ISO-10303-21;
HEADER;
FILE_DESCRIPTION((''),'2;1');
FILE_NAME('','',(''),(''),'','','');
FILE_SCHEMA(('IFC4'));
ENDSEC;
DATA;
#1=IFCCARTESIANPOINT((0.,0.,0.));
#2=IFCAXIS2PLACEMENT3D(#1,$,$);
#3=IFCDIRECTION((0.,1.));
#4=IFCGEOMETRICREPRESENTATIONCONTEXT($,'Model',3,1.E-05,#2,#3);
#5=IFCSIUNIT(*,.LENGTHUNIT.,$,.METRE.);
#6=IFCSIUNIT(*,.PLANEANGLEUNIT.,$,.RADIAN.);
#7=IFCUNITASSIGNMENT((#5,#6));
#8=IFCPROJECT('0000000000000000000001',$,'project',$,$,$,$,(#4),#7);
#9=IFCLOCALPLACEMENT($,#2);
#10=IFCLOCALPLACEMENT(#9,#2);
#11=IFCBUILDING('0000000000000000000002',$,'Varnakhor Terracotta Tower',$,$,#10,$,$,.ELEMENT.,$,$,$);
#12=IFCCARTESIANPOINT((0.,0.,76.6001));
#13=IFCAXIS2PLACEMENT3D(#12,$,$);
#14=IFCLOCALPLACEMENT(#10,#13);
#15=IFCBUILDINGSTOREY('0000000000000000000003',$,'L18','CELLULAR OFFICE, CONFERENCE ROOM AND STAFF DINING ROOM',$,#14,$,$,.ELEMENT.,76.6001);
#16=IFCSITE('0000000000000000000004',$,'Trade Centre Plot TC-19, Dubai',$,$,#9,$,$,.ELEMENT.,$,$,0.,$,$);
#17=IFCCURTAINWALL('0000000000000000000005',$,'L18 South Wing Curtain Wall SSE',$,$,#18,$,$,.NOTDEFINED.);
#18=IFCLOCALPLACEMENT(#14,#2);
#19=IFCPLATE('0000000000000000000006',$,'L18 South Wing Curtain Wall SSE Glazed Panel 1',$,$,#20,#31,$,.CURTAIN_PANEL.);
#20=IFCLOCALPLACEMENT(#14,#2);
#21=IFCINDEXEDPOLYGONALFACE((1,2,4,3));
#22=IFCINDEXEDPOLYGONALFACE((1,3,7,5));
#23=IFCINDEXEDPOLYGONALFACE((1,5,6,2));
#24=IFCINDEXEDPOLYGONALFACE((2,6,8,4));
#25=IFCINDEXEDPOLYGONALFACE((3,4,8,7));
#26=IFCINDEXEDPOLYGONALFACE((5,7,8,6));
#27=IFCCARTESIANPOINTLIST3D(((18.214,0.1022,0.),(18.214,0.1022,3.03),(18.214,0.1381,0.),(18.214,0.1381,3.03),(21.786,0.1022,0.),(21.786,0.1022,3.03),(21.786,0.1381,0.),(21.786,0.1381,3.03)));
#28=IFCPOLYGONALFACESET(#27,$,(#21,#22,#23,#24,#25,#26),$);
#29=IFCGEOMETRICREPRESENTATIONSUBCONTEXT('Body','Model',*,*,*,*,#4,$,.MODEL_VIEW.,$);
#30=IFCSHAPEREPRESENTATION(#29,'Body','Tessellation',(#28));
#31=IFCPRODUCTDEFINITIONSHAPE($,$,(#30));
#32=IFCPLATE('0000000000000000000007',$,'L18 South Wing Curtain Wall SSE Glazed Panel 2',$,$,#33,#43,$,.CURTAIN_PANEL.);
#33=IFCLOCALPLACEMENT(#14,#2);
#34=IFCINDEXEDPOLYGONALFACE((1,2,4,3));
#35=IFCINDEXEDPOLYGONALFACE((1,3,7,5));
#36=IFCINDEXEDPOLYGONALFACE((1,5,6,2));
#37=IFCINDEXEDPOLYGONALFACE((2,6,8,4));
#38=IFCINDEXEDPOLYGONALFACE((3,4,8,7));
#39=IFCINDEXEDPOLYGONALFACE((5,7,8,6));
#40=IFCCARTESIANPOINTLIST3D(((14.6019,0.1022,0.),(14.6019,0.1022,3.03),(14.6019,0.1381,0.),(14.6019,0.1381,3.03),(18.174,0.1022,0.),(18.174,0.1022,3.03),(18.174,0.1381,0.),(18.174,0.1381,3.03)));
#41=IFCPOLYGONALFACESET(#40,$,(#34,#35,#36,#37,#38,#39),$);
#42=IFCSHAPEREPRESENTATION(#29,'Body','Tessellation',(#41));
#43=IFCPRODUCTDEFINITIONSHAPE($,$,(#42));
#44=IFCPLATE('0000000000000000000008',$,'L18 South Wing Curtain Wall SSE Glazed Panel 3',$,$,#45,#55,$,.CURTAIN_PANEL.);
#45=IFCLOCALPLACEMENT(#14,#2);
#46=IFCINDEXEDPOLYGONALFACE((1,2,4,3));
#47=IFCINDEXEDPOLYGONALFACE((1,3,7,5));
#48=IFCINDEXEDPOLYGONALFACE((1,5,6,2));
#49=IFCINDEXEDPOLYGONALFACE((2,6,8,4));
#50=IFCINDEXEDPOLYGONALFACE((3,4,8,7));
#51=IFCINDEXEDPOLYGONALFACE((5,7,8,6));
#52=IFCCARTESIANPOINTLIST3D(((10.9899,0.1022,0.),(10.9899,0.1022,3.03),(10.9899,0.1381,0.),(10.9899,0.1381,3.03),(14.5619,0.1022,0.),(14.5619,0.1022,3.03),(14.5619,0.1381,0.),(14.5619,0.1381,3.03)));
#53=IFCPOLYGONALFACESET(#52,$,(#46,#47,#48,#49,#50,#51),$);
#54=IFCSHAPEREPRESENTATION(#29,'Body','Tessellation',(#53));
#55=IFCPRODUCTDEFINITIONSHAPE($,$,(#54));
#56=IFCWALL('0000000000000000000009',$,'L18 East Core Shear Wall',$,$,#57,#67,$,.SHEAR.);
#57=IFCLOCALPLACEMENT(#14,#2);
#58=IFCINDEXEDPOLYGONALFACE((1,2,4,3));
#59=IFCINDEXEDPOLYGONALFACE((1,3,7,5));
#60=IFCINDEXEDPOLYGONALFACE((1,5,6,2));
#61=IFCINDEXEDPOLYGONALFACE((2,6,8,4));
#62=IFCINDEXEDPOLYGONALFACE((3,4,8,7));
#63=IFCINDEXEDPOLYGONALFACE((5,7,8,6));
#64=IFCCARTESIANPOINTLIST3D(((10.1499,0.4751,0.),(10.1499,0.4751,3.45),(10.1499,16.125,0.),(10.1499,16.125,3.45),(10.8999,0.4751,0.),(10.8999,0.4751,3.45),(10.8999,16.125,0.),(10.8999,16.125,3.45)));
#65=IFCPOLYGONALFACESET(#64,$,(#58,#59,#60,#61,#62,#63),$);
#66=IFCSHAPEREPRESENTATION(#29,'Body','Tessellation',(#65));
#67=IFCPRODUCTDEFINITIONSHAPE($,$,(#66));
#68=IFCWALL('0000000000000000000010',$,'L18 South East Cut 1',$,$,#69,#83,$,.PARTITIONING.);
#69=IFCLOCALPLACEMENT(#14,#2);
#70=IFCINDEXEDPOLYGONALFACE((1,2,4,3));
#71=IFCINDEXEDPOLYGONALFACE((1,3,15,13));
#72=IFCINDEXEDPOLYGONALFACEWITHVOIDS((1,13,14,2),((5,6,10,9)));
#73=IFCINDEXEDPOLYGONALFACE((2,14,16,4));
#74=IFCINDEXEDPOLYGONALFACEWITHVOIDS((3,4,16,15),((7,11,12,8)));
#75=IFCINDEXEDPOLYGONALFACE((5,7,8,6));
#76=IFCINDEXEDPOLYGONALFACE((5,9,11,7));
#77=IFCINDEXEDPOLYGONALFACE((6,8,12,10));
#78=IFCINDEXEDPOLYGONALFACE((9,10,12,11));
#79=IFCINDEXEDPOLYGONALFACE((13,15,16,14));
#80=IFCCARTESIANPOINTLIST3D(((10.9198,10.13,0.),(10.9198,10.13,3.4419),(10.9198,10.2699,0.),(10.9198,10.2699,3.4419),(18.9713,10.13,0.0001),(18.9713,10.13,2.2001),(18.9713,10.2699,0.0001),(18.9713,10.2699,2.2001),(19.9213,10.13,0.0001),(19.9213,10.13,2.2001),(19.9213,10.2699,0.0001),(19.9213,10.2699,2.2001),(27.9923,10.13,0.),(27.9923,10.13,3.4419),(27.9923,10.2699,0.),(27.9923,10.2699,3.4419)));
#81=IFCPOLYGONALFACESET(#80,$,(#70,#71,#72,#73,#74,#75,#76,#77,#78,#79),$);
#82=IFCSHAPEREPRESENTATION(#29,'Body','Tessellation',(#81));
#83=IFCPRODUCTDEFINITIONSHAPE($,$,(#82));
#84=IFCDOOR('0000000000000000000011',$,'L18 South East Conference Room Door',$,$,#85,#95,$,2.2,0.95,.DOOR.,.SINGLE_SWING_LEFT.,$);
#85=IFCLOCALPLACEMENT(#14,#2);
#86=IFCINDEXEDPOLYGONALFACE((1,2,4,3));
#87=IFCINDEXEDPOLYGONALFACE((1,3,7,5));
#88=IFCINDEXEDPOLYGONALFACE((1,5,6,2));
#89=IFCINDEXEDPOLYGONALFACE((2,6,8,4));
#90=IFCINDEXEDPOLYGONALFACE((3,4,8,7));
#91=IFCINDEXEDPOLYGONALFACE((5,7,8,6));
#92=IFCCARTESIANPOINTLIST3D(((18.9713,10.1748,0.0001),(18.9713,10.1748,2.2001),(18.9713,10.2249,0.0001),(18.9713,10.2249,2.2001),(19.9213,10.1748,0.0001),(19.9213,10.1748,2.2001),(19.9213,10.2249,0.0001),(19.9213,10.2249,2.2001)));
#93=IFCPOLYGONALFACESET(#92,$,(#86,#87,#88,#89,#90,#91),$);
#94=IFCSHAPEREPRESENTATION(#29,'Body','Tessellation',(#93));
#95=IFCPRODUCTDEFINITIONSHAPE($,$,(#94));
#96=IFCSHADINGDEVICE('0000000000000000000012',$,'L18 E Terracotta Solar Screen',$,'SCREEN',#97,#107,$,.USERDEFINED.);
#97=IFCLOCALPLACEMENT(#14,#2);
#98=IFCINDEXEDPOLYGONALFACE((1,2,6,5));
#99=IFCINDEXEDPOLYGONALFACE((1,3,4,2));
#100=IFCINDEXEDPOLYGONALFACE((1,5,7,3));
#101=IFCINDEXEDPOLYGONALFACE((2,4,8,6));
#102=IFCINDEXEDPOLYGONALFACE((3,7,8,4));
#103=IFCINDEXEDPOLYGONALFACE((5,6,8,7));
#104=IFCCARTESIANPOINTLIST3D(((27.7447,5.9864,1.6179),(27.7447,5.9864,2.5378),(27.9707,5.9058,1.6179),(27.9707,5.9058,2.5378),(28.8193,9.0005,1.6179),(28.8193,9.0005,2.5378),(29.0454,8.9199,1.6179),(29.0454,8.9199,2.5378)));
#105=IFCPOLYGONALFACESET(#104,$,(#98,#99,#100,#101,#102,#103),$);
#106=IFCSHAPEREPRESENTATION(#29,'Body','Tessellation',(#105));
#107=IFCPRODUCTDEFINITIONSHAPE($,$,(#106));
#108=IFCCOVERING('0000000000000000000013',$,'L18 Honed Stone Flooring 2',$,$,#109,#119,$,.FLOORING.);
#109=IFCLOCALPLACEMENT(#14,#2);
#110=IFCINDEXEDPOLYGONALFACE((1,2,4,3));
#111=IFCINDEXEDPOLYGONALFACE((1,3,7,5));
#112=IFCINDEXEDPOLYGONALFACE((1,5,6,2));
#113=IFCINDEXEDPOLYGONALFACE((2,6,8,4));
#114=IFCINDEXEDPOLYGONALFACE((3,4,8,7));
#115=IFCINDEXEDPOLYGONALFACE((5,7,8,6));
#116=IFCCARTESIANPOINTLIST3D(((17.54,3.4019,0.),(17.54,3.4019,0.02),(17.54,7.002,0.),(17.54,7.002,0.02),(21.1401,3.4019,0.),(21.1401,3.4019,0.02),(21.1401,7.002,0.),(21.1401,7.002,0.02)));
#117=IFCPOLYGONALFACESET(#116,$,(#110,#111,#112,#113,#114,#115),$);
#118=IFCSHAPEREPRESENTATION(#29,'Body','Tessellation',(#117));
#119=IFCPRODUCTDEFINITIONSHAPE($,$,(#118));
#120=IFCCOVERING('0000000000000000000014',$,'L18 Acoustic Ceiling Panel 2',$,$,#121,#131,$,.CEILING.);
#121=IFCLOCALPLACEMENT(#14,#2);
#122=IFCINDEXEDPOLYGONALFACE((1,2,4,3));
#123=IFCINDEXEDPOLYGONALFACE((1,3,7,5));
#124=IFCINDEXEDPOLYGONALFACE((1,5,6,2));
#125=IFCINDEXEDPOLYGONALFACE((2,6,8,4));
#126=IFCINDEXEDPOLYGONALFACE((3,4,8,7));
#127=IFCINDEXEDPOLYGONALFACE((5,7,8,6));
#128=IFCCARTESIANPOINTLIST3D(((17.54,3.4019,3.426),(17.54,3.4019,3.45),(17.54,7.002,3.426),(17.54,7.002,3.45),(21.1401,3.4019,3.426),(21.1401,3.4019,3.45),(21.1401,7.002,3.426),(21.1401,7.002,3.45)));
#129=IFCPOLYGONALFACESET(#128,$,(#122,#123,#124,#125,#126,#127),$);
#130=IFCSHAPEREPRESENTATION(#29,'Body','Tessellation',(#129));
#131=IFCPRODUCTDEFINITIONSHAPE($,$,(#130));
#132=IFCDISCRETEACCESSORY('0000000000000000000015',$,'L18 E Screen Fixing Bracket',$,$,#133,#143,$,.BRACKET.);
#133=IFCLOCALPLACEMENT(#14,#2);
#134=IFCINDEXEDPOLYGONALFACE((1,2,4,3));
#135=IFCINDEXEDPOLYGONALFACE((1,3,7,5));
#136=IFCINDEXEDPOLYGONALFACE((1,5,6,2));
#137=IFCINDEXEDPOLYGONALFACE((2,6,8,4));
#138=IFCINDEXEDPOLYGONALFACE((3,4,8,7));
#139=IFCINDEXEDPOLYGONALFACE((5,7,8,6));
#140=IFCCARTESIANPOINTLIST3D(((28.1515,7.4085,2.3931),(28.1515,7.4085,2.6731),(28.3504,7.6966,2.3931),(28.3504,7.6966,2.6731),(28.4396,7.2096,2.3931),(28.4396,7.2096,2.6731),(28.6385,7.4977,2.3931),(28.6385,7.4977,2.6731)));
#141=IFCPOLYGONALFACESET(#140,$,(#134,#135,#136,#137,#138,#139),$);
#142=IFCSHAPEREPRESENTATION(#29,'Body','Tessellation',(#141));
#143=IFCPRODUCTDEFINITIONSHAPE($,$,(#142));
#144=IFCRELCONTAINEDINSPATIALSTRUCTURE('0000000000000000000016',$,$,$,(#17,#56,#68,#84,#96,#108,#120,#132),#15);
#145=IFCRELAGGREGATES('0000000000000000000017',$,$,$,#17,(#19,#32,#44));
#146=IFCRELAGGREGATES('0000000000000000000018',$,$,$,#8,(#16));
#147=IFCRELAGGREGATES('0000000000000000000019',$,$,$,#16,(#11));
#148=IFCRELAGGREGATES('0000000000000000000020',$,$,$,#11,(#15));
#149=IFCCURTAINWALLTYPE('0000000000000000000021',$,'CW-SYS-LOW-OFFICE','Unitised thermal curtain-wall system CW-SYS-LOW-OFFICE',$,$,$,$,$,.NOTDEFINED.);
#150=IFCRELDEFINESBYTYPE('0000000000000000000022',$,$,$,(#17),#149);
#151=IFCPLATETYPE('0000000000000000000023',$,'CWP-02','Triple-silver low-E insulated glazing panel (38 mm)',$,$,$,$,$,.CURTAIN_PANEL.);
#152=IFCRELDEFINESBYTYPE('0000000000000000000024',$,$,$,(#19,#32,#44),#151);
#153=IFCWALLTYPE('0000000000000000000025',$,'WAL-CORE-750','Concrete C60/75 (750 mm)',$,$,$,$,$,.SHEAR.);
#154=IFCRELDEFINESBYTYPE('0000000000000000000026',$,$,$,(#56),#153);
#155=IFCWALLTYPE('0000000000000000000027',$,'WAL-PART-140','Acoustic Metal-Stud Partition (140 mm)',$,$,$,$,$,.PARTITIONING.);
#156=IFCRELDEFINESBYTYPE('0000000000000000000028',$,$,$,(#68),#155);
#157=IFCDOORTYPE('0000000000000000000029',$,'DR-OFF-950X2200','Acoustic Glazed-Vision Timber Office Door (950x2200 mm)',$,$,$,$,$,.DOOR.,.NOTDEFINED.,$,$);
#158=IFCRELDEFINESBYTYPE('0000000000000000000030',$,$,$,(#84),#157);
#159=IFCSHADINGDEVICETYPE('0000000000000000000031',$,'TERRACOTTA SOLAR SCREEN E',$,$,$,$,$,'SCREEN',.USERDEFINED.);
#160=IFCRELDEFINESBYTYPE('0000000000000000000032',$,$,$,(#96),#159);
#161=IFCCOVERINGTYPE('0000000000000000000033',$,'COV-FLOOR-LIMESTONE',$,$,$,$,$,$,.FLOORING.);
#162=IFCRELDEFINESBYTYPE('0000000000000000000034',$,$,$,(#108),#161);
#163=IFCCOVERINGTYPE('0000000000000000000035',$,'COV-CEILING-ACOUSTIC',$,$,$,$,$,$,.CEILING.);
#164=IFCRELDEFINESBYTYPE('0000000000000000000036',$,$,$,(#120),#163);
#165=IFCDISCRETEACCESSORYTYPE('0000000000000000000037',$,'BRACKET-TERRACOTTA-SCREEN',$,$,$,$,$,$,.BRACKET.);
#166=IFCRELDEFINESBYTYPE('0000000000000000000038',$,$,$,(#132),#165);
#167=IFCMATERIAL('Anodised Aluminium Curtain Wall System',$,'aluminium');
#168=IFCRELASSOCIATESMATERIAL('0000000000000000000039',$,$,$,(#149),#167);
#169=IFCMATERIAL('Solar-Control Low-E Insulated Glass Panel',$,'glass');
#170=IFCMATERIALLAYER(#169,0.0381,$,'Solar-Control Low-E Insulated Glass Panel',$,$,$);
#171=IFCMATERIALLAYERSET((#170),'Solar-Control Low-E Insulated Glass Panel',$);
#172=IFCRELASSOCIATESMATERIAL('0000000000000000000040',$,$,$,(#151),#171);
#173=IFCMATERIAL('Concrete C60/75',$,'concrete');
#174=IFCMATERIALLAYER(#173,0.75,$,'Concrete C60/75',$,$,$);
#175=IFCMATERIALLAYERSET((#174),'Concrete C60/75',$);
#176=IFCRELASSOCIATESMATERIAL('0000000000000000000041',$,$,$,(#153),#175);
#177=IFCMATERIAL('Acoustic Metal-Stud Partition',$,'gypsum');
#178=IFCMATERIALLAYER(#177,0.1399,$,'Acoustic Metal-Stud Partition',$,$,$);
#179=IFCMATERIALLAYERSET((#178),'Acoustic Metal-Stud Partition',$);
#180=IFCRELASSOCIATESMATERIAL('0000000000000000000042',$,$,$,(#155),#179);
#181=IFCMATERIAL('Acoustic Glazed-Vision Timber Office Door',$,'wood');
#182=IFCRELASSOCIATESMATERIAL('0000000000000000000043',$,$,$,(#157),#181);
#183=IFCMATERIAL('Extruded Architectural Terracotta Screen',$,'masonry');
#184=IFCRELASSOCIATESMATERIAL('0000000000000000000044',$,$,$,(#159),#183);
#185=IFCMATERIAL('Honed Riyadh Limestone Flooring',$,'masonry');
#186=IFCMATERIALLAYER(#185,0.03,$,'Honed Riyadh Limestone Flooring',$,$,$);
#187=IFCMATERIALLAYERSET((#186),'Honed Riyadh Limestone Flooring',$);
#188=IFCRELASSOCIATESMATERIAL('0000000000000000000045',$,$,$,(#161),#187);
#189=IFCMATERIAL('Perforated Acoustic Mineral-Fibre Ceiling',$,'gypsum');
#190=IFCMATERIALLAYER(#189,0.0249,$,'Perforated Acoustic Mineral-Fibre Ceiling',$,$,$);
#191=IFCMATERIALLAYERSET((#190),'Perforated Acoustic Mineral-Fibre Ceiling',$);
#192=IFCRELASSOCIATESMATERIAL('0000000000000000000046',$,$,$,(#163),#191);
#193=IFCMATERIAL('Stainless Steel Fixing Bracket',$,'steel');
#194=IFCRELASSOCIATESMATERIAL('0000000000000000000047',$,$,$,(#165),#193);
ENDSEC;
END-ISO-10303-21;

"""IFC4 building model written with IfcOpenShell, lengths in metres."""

from ifc_helpers import new_model, si_unit, direction, frame, frame_2d, origin, origin_2d, place, context, subcontext, project, spatial, rectangle, extrude, source, transform, mapped, material, layer, layer_set, type_object, type_shapes, element, fill, aggregate, save


model = new_model("IFC4")

# Units and contexts
model_context = context("Model", 3, precision=1e-05, world=origin(), true_north=direction((0.0, 1.0)))
body_context = subcontext(model_context, "Body", "Model", "MODEL_VIEW")
ifc_project = project(units=[si_unit("LENGTHUNIT", "METRE"), si_unit("PLANEANGLEUNIT", "RADIAN")], contexts=[model_context])

# Site, building, storey
site_placement = place(None, origin())
site = spatial("IfcSite", under=ifc_project, at=site_placement, Name="Trade Centre Plot TC-19, Dubai", CompositionType="ELEMENT", RefElevation=0.0)
building_placement = place(site_placement, origin())
building = spatial("IfcBuilding", under=site, at=building_placement, Name="Varnakhor Terracotta Tower", CompositionType="ELEMENT")
storey_placement = place(building_placement, frame((0.0, 0.0, 76.6001)))
storey = spatial("IfcBuildingStorey", under=building, at=storey_placement, Name="L18", Description="CELLULAR OFFICE, CONFERENCE ROOM AND STAFF DINING ROOM", CompositionType="ELEMENT", Elevation=76.6001)

# Curtain wall
ifc_material_1 = material(Name="Anodised Aluminium Curtain Wall System", Category="aluminium")
curtain_wall_type = type_object("IfcCurtainWallType", Name="CW-SYS-LOW-OFFICE", Description="Unitised thermal curtain-wall system CW-SYS-LOW-OFFICE", PredefinedType="NOTDEFINED", material=ifc_material_1)
curtain_wall_1_placement = place(storey_placement, origin())
curtain_wall_1 = element("IfcCurtainWall", 1, at=curtain_wall_1_placement, inside=storey, type_object=curtain_wall_type, Name="L18 South Wing Curtain Wall SSE", PredefinedType="NOTDEFINED")

# Plates
ifc_material_2 = material(Name="Solar-Control Low-E Insulated Glass Panel", Category="glass")
ifc_layer_1 = layer(ifc_material_2, 0.0381, Name="Solar-Control Low-E Insulated Glass Panel")
ifc_layer_set_1 = layer_set([ifc_layer_1], Name="Solar-Control Low-E Insulated Glass Panel")
plate_type_1 = type_object("IfcPlateType", Name="CWP-02", Description="Triple-silver low-E insulated glazing panel (38 mm)", PredefinedType="CURTAIN_PANEL", material=ifc_layer_set_1)
shared_shape_1 = source(origin(), body_context, "Body", "SweptSolid", [
    extrude(rectangle(XDim=3.572, YDim=0.0359, at=origin_2d()), origin(), (0.0, 0.0, 1.0), 3.03),
])
plate_1_placement = place(storey_placement, frame((20.0, 0.1201, 0.0), z_axis=(0.0, 0.0, 1.0), x_axis=(-1.0, 0.0, 0.0)))
plate_1 = element("IfcPlate", 2, at=plate_1_placement, type_object=plate_type_1, Name="L18 South Wing Curtain Wall SSE Glazed Panel 1", PredefinedType="CURTAIN_PANEL", context=body_context, shape_type="MappedRepresentation", body=[
    mapped(shared_shape_1, transform((0.0, 0.0, 0.0), scale=1.0)),
])
plate_2_placement = place(storey_placement, frame((16.3879, 0.1201, 0.0), z_axis=(0.0, 0.0, 1.0), x_axis=(-1.0, 0.0, 0.0)))
plate_2 = element("IfcPlate", 3, at=plate_2_placement, type_object=plate_type_1, Name="L18 South Wing Curtain Wall SSE Glazed Panel 2", PredefinedType="CURTAIN_PANEL", context=body_context, shape_type="MappedRepresentation", body=[
    mapped(shared_shape_1, transform((0.0, 0.0, 0.0), scale=1.0)),
])
plate_3_placement = place(storey_placement, frame((12.7759, 0.1201, 0.0), z_axis=(0.0, 0.0, 1.0), x_axis=(-1.0, 0.0, 0.0)))
plate_3 = element("IfcPlate", 4, at=plate_3_placement, type_object=plate_type_1, Name="L18 South Wing Curtain Wall SSE Glazed Panel 3", PredefinedType="CURTAIN_PANEL", context=body_context, shape_type="MappedRepresentation", body=[
    mapped(shared_shape_1, transform((0.0, 0.0, 0.0), scale=1.0)),
])
aggregate(curtain_wall_1, [plate_1, plate_2, plate_3])

# Wall
ifc_material_3 = material(Name="Concrete C60/75", Category="concrete")
ifc_layer_2 = layer(ifc_material_3, 0.75, Name="Concrete C60/75")
ifc_layer_set_2 = layer_set([ifc_layer_2], Name="Concrete C60/75")
wall_type_1 = type_object("IfcWallType", Name="WAL-CORE-750", Description="Concrete C60/75 (750 mm)", PredefinedType="SHEAR", material=ifc_layer_set_2)
wall_1_placement = place(storey_placement, frame((10.5249, 0.4751, 0.0), z_axis=(0.0, 0.0, 1.0), x_axis=(0.0, 1.0, 0.0)))
element("IfcWall", 5, at=wall_1_placement, inside=storey, type_object=wall_type_1, Name="L18 East Core Shear Wall", PredefinedType="SHEAR", context=body_context, shape_type="SweptSolid", body=[
    extrude(rectangle(XDim=15.6499, YDim=0.75, at=frame_2d((7.825, 0.0))), origin(), (0.0, 0.0, 1.0), 3.45),
])

# Wall, opening, door
ifc_material_4 = material(Name="Acoustic Metal-Stud Partition", Category="gypsum")
ifc_layer_3 = layer(ifc_material_4, 0.1399, Name="Acoustic Metal-Stud Partition")
ifc_layer_set_3 = layer_set([ifc_layer_3], Name="Acoustic Metal-Stud Partition")
wall_type_2 = type_object("IfcWallType", Name="WAL-PART-140", Description="Acoustic Metal-Stud Partition (140 mm)", PredefinedType="PARTITIONING", material=ifc_layer_set_3)
wall_2_placement = place(storey_placement, frame((10.9199, 10.2, 0.0), z_axis=(0.0, 0.0, 1.0), x_axis=(1.0, 0.0, 0.0)))
wall_2 = element("IfcWall", 6, at=wall_2_placement, inside=storey, type_object=wall_type_2, Name="L18 South East Cut 1", PredefinedType="PARTITIONING", context=body_context, shape_type="SweptSolid", body=[
    extrude(rectangle(XDim=17.0725, YDim=0.1399, at=frame_2d((8.5361, 0.0))), origin(), (0.0, 0.0, 1.0), 3.4419),
])
opening_placement = place(wall_2_placement, frame((8.0513, 0.0, 0.0)))
opening = element("IfcOpeningElement", 7, at=opening_placement, cuts=wall_2, PredefinedType="OPENING", context=body_context, shape_type="SweptSolid", body=[
    extrude(rectangle(XDim=0.95, YDim=2.2, at=frame_2d((0.4751, 1.1001))), frame((0.0, 0.0801, 0.0), z_axis=(0.0, -1.0, 0.0), x_axis=(1.0, 0.0, 0.0)), (0.0, 0.0, 1.0), 0.1599),
])
ifc_material_5 = material(Name="Acoustic Glazed-Vision Timber Office Door", Category="wood")
door_type = type_object("IfcDoorType", Name="DR-OFF-950X2200", Description="Acoustic Glazed-Vision Timber Office Door (950x2200 mm)", OperationType="NOTDEFINED", PredefinedType="DOOR", material=ifc_material_5)
shared_shape_2 = source(origin(), body_context, "Body", "SweptSolid", [
    extrude(rectangle(XDim=0.95, YDim=2.2, at=frame_2d((0.4751, 1.1001))), frame((0.0, 0.0249, 0.0), z_axis=(0.0, -1.0, 0.0), x_axis=(1.0, 0.0, 0.0)), (0.0, 0.0, 1.0), 0.05),
])
type_shapes(door_type, [shared_shape_2])
door_placement = place(opening_placement, origin())
door = element("IfcDoor", 8, at=door_placement, inside=storey, type_object=door_type, Name="L18 South East Conference Room Door", OperationType="SINGLE_SWING_LEFT", OverallHeight=2.2, OverallWidth=0.95, PredefinedType="DOOR", context=body_context, shape_type="MappedRepresentation", body=[
    mapped(shared_shape_2, transform((0.0, 0.0, 0.0), scale=1.0)),
])
fill(opening, door)

# Shading device
ifc_material_6 = material(Name="Extruded Architectural Terracotta Screen", Category="masonry")
shading_device_type = type_object("IfcShadingDeviceType", Name="TERRACOTTA SOLAR SCREEN E", ElementType="SCREEN", PredefinedType="USERDEFINED", material=ifc_material_6)
shared_shape_3 = source(origin(), body_context, "Body", "SweptSolid", [
    extrude(rectangle(XDim=3.2, YDim=0.24, at=origin_2d()), origin(), (0.0, 0.0, 1.0), 0.9199),
])
type_shapes(shading_device_type, [shared_shape_3])
shading_device_placement = place(storey_placement, frame((28.395, 7.4531, 1.6179), z_axis=(0.0, 0.0, 1.0), x_axis=(0.33583, 0.941923, 0.0)))
element("IfcShadingDevice", 9, at=shading_device_placement, inside=storey, type_object=shading_device_type, Name="L18 E Terracotta Solar Screen", ObjectType="SCREEN", PredefinedType="USERDEFINED", context=body_context, shape_type="MappedRepresentation", body=[
    mapped(shared_shape_3, transform((0.0, 0.0, 0.0), scale=1.0)),
])

# Coverings
ifc_material_7 = material(Name="Honed Riyadh Limestone Flooring", Category="masonry")
ifc_layer_4 = layer(ifc_material_7, 0.03, Name="Honed Riyadh Limestone Flooring")
ifc_layer_set_4 = layer_set([ifc_layer_4], Name="Honed Riyadh Limestone Flooring")
covering_type_1 = type_object("IfcCoveringType", Name="COV-FLOOR-LIMESTONE", PredefinedType="FLOORING", material=ifc_layer_set_4)
shared_shape_4 = source(origin(), body_context, "Body", "SweptSolid", [
    extrude(rectangle(XDim=3.6001, YDim=3.6001, at=origin_2d()), origin(), (0.0, 0.0, 1.0), 0.02),
])
covering_1_placement = place(storey_placement, frame((19.3401, 5.2019, 0.0), z_axis=(0.0, 0.0, 1.0), x_axis=(1.0, 0.0, 0.0)))
element("IfcCovering", 10, at=covering_1_placement, inside=storey, type_object=covering_type_1, Name="L18 Honed Stone Flooring 2", PredefinedType="FLOORING", context=body_context, shape_type="MappedRepresentation", body=[
    mapped(shared_shape_4, transform((0.0, 0.0, 0.0), scale=1.0)),
])
ifc_material_8 = material(Name="Perforated Acoustic Mineral-Fibre Ceiling", Category="gypsum")
ifc_layer_5 = layer(ifc_material_8, 0.0249, Name="Perforated Acoustic Mineral-Fibre Ceiling")
ifc_layer_set_5 = layer_set([ifc_layer_5], Name="Perforated Acoustic Mineral-Fibre Ceiling")
covering_type_2 = type_object("IfcCoveringType", Name="COV-CEILING-ACOUSTIC", PredefinedType="CEILING", material=ifc_layer_set_5)
shared_shape_5 = source(origin(), body_context, "Body", "SweptSolid", [
    extrude(rectangle(XDim=3.6001, YDim=3.6001, at=origin_2d()), origin(), (0.0, 0.0, 1.0), 0.0239),
])
covering_2_placement = place(storey_placement, frame((19.3401, 5.2019, 3.426), z_axis=(0.0, 0.0, 1.0), x_axis=(1.0, 0.0, 0.0)))
element("IfcCovering", 11, at=covering_2_placement, inside=storey, type_object=covering_type_2, Name="L18 Acoustic Ceiling Panel 2", PredefinedType="CEILING", context=body_context, shape_type="MappedRepresentation", body=[
    mapped(shared_shape_5, transform((0.0, 0.0, 0.0), scale=1.0)),
])

# Discrete accessory
ifc_material_9 = material(Name="Stainless Steel Fixing Bracket", Category="steel")
discrete_accessory_type = type_object("IfcDiscreteAccessoryType", Name="BRACKET-TERRACOTTA-SCREEN", PredefinedType="BRACKET", material=ifc_material_9)
shared_shape_6 = source(origin(), body_context, "Body", "SweptSolid", [
    extrude(rectangle(XDim=0.3501, YDim=0.3501, at=origin_2d()), origin(), (0.0, 0.0, 1.0), 0.28),
])
type_shapes(discrete_accessory_type, [shared_shape_6])
discrete_accessory_placement = place(storey_placement, frame((28.395, 7.4531, 2.3931), z_axis=(0.0, 0.0, 1.0), x_axis=(0.568174, 0.822908, 0.0)))
element("IfcDiscreteAccessory", 12, at=discrete_accessory_placement, inside=storey, type_object=discrete_accessory_type, Name="L18 E Screen Fixing Bracket", PredefinedType="BRACKET", context=body_context, shape_type="MappedRepresentation", body=[
    mapped(shared_shape_6, transform((0.0, 0.0, 0.0), scale=1.0)),
])

save(model, "model.ifc")
